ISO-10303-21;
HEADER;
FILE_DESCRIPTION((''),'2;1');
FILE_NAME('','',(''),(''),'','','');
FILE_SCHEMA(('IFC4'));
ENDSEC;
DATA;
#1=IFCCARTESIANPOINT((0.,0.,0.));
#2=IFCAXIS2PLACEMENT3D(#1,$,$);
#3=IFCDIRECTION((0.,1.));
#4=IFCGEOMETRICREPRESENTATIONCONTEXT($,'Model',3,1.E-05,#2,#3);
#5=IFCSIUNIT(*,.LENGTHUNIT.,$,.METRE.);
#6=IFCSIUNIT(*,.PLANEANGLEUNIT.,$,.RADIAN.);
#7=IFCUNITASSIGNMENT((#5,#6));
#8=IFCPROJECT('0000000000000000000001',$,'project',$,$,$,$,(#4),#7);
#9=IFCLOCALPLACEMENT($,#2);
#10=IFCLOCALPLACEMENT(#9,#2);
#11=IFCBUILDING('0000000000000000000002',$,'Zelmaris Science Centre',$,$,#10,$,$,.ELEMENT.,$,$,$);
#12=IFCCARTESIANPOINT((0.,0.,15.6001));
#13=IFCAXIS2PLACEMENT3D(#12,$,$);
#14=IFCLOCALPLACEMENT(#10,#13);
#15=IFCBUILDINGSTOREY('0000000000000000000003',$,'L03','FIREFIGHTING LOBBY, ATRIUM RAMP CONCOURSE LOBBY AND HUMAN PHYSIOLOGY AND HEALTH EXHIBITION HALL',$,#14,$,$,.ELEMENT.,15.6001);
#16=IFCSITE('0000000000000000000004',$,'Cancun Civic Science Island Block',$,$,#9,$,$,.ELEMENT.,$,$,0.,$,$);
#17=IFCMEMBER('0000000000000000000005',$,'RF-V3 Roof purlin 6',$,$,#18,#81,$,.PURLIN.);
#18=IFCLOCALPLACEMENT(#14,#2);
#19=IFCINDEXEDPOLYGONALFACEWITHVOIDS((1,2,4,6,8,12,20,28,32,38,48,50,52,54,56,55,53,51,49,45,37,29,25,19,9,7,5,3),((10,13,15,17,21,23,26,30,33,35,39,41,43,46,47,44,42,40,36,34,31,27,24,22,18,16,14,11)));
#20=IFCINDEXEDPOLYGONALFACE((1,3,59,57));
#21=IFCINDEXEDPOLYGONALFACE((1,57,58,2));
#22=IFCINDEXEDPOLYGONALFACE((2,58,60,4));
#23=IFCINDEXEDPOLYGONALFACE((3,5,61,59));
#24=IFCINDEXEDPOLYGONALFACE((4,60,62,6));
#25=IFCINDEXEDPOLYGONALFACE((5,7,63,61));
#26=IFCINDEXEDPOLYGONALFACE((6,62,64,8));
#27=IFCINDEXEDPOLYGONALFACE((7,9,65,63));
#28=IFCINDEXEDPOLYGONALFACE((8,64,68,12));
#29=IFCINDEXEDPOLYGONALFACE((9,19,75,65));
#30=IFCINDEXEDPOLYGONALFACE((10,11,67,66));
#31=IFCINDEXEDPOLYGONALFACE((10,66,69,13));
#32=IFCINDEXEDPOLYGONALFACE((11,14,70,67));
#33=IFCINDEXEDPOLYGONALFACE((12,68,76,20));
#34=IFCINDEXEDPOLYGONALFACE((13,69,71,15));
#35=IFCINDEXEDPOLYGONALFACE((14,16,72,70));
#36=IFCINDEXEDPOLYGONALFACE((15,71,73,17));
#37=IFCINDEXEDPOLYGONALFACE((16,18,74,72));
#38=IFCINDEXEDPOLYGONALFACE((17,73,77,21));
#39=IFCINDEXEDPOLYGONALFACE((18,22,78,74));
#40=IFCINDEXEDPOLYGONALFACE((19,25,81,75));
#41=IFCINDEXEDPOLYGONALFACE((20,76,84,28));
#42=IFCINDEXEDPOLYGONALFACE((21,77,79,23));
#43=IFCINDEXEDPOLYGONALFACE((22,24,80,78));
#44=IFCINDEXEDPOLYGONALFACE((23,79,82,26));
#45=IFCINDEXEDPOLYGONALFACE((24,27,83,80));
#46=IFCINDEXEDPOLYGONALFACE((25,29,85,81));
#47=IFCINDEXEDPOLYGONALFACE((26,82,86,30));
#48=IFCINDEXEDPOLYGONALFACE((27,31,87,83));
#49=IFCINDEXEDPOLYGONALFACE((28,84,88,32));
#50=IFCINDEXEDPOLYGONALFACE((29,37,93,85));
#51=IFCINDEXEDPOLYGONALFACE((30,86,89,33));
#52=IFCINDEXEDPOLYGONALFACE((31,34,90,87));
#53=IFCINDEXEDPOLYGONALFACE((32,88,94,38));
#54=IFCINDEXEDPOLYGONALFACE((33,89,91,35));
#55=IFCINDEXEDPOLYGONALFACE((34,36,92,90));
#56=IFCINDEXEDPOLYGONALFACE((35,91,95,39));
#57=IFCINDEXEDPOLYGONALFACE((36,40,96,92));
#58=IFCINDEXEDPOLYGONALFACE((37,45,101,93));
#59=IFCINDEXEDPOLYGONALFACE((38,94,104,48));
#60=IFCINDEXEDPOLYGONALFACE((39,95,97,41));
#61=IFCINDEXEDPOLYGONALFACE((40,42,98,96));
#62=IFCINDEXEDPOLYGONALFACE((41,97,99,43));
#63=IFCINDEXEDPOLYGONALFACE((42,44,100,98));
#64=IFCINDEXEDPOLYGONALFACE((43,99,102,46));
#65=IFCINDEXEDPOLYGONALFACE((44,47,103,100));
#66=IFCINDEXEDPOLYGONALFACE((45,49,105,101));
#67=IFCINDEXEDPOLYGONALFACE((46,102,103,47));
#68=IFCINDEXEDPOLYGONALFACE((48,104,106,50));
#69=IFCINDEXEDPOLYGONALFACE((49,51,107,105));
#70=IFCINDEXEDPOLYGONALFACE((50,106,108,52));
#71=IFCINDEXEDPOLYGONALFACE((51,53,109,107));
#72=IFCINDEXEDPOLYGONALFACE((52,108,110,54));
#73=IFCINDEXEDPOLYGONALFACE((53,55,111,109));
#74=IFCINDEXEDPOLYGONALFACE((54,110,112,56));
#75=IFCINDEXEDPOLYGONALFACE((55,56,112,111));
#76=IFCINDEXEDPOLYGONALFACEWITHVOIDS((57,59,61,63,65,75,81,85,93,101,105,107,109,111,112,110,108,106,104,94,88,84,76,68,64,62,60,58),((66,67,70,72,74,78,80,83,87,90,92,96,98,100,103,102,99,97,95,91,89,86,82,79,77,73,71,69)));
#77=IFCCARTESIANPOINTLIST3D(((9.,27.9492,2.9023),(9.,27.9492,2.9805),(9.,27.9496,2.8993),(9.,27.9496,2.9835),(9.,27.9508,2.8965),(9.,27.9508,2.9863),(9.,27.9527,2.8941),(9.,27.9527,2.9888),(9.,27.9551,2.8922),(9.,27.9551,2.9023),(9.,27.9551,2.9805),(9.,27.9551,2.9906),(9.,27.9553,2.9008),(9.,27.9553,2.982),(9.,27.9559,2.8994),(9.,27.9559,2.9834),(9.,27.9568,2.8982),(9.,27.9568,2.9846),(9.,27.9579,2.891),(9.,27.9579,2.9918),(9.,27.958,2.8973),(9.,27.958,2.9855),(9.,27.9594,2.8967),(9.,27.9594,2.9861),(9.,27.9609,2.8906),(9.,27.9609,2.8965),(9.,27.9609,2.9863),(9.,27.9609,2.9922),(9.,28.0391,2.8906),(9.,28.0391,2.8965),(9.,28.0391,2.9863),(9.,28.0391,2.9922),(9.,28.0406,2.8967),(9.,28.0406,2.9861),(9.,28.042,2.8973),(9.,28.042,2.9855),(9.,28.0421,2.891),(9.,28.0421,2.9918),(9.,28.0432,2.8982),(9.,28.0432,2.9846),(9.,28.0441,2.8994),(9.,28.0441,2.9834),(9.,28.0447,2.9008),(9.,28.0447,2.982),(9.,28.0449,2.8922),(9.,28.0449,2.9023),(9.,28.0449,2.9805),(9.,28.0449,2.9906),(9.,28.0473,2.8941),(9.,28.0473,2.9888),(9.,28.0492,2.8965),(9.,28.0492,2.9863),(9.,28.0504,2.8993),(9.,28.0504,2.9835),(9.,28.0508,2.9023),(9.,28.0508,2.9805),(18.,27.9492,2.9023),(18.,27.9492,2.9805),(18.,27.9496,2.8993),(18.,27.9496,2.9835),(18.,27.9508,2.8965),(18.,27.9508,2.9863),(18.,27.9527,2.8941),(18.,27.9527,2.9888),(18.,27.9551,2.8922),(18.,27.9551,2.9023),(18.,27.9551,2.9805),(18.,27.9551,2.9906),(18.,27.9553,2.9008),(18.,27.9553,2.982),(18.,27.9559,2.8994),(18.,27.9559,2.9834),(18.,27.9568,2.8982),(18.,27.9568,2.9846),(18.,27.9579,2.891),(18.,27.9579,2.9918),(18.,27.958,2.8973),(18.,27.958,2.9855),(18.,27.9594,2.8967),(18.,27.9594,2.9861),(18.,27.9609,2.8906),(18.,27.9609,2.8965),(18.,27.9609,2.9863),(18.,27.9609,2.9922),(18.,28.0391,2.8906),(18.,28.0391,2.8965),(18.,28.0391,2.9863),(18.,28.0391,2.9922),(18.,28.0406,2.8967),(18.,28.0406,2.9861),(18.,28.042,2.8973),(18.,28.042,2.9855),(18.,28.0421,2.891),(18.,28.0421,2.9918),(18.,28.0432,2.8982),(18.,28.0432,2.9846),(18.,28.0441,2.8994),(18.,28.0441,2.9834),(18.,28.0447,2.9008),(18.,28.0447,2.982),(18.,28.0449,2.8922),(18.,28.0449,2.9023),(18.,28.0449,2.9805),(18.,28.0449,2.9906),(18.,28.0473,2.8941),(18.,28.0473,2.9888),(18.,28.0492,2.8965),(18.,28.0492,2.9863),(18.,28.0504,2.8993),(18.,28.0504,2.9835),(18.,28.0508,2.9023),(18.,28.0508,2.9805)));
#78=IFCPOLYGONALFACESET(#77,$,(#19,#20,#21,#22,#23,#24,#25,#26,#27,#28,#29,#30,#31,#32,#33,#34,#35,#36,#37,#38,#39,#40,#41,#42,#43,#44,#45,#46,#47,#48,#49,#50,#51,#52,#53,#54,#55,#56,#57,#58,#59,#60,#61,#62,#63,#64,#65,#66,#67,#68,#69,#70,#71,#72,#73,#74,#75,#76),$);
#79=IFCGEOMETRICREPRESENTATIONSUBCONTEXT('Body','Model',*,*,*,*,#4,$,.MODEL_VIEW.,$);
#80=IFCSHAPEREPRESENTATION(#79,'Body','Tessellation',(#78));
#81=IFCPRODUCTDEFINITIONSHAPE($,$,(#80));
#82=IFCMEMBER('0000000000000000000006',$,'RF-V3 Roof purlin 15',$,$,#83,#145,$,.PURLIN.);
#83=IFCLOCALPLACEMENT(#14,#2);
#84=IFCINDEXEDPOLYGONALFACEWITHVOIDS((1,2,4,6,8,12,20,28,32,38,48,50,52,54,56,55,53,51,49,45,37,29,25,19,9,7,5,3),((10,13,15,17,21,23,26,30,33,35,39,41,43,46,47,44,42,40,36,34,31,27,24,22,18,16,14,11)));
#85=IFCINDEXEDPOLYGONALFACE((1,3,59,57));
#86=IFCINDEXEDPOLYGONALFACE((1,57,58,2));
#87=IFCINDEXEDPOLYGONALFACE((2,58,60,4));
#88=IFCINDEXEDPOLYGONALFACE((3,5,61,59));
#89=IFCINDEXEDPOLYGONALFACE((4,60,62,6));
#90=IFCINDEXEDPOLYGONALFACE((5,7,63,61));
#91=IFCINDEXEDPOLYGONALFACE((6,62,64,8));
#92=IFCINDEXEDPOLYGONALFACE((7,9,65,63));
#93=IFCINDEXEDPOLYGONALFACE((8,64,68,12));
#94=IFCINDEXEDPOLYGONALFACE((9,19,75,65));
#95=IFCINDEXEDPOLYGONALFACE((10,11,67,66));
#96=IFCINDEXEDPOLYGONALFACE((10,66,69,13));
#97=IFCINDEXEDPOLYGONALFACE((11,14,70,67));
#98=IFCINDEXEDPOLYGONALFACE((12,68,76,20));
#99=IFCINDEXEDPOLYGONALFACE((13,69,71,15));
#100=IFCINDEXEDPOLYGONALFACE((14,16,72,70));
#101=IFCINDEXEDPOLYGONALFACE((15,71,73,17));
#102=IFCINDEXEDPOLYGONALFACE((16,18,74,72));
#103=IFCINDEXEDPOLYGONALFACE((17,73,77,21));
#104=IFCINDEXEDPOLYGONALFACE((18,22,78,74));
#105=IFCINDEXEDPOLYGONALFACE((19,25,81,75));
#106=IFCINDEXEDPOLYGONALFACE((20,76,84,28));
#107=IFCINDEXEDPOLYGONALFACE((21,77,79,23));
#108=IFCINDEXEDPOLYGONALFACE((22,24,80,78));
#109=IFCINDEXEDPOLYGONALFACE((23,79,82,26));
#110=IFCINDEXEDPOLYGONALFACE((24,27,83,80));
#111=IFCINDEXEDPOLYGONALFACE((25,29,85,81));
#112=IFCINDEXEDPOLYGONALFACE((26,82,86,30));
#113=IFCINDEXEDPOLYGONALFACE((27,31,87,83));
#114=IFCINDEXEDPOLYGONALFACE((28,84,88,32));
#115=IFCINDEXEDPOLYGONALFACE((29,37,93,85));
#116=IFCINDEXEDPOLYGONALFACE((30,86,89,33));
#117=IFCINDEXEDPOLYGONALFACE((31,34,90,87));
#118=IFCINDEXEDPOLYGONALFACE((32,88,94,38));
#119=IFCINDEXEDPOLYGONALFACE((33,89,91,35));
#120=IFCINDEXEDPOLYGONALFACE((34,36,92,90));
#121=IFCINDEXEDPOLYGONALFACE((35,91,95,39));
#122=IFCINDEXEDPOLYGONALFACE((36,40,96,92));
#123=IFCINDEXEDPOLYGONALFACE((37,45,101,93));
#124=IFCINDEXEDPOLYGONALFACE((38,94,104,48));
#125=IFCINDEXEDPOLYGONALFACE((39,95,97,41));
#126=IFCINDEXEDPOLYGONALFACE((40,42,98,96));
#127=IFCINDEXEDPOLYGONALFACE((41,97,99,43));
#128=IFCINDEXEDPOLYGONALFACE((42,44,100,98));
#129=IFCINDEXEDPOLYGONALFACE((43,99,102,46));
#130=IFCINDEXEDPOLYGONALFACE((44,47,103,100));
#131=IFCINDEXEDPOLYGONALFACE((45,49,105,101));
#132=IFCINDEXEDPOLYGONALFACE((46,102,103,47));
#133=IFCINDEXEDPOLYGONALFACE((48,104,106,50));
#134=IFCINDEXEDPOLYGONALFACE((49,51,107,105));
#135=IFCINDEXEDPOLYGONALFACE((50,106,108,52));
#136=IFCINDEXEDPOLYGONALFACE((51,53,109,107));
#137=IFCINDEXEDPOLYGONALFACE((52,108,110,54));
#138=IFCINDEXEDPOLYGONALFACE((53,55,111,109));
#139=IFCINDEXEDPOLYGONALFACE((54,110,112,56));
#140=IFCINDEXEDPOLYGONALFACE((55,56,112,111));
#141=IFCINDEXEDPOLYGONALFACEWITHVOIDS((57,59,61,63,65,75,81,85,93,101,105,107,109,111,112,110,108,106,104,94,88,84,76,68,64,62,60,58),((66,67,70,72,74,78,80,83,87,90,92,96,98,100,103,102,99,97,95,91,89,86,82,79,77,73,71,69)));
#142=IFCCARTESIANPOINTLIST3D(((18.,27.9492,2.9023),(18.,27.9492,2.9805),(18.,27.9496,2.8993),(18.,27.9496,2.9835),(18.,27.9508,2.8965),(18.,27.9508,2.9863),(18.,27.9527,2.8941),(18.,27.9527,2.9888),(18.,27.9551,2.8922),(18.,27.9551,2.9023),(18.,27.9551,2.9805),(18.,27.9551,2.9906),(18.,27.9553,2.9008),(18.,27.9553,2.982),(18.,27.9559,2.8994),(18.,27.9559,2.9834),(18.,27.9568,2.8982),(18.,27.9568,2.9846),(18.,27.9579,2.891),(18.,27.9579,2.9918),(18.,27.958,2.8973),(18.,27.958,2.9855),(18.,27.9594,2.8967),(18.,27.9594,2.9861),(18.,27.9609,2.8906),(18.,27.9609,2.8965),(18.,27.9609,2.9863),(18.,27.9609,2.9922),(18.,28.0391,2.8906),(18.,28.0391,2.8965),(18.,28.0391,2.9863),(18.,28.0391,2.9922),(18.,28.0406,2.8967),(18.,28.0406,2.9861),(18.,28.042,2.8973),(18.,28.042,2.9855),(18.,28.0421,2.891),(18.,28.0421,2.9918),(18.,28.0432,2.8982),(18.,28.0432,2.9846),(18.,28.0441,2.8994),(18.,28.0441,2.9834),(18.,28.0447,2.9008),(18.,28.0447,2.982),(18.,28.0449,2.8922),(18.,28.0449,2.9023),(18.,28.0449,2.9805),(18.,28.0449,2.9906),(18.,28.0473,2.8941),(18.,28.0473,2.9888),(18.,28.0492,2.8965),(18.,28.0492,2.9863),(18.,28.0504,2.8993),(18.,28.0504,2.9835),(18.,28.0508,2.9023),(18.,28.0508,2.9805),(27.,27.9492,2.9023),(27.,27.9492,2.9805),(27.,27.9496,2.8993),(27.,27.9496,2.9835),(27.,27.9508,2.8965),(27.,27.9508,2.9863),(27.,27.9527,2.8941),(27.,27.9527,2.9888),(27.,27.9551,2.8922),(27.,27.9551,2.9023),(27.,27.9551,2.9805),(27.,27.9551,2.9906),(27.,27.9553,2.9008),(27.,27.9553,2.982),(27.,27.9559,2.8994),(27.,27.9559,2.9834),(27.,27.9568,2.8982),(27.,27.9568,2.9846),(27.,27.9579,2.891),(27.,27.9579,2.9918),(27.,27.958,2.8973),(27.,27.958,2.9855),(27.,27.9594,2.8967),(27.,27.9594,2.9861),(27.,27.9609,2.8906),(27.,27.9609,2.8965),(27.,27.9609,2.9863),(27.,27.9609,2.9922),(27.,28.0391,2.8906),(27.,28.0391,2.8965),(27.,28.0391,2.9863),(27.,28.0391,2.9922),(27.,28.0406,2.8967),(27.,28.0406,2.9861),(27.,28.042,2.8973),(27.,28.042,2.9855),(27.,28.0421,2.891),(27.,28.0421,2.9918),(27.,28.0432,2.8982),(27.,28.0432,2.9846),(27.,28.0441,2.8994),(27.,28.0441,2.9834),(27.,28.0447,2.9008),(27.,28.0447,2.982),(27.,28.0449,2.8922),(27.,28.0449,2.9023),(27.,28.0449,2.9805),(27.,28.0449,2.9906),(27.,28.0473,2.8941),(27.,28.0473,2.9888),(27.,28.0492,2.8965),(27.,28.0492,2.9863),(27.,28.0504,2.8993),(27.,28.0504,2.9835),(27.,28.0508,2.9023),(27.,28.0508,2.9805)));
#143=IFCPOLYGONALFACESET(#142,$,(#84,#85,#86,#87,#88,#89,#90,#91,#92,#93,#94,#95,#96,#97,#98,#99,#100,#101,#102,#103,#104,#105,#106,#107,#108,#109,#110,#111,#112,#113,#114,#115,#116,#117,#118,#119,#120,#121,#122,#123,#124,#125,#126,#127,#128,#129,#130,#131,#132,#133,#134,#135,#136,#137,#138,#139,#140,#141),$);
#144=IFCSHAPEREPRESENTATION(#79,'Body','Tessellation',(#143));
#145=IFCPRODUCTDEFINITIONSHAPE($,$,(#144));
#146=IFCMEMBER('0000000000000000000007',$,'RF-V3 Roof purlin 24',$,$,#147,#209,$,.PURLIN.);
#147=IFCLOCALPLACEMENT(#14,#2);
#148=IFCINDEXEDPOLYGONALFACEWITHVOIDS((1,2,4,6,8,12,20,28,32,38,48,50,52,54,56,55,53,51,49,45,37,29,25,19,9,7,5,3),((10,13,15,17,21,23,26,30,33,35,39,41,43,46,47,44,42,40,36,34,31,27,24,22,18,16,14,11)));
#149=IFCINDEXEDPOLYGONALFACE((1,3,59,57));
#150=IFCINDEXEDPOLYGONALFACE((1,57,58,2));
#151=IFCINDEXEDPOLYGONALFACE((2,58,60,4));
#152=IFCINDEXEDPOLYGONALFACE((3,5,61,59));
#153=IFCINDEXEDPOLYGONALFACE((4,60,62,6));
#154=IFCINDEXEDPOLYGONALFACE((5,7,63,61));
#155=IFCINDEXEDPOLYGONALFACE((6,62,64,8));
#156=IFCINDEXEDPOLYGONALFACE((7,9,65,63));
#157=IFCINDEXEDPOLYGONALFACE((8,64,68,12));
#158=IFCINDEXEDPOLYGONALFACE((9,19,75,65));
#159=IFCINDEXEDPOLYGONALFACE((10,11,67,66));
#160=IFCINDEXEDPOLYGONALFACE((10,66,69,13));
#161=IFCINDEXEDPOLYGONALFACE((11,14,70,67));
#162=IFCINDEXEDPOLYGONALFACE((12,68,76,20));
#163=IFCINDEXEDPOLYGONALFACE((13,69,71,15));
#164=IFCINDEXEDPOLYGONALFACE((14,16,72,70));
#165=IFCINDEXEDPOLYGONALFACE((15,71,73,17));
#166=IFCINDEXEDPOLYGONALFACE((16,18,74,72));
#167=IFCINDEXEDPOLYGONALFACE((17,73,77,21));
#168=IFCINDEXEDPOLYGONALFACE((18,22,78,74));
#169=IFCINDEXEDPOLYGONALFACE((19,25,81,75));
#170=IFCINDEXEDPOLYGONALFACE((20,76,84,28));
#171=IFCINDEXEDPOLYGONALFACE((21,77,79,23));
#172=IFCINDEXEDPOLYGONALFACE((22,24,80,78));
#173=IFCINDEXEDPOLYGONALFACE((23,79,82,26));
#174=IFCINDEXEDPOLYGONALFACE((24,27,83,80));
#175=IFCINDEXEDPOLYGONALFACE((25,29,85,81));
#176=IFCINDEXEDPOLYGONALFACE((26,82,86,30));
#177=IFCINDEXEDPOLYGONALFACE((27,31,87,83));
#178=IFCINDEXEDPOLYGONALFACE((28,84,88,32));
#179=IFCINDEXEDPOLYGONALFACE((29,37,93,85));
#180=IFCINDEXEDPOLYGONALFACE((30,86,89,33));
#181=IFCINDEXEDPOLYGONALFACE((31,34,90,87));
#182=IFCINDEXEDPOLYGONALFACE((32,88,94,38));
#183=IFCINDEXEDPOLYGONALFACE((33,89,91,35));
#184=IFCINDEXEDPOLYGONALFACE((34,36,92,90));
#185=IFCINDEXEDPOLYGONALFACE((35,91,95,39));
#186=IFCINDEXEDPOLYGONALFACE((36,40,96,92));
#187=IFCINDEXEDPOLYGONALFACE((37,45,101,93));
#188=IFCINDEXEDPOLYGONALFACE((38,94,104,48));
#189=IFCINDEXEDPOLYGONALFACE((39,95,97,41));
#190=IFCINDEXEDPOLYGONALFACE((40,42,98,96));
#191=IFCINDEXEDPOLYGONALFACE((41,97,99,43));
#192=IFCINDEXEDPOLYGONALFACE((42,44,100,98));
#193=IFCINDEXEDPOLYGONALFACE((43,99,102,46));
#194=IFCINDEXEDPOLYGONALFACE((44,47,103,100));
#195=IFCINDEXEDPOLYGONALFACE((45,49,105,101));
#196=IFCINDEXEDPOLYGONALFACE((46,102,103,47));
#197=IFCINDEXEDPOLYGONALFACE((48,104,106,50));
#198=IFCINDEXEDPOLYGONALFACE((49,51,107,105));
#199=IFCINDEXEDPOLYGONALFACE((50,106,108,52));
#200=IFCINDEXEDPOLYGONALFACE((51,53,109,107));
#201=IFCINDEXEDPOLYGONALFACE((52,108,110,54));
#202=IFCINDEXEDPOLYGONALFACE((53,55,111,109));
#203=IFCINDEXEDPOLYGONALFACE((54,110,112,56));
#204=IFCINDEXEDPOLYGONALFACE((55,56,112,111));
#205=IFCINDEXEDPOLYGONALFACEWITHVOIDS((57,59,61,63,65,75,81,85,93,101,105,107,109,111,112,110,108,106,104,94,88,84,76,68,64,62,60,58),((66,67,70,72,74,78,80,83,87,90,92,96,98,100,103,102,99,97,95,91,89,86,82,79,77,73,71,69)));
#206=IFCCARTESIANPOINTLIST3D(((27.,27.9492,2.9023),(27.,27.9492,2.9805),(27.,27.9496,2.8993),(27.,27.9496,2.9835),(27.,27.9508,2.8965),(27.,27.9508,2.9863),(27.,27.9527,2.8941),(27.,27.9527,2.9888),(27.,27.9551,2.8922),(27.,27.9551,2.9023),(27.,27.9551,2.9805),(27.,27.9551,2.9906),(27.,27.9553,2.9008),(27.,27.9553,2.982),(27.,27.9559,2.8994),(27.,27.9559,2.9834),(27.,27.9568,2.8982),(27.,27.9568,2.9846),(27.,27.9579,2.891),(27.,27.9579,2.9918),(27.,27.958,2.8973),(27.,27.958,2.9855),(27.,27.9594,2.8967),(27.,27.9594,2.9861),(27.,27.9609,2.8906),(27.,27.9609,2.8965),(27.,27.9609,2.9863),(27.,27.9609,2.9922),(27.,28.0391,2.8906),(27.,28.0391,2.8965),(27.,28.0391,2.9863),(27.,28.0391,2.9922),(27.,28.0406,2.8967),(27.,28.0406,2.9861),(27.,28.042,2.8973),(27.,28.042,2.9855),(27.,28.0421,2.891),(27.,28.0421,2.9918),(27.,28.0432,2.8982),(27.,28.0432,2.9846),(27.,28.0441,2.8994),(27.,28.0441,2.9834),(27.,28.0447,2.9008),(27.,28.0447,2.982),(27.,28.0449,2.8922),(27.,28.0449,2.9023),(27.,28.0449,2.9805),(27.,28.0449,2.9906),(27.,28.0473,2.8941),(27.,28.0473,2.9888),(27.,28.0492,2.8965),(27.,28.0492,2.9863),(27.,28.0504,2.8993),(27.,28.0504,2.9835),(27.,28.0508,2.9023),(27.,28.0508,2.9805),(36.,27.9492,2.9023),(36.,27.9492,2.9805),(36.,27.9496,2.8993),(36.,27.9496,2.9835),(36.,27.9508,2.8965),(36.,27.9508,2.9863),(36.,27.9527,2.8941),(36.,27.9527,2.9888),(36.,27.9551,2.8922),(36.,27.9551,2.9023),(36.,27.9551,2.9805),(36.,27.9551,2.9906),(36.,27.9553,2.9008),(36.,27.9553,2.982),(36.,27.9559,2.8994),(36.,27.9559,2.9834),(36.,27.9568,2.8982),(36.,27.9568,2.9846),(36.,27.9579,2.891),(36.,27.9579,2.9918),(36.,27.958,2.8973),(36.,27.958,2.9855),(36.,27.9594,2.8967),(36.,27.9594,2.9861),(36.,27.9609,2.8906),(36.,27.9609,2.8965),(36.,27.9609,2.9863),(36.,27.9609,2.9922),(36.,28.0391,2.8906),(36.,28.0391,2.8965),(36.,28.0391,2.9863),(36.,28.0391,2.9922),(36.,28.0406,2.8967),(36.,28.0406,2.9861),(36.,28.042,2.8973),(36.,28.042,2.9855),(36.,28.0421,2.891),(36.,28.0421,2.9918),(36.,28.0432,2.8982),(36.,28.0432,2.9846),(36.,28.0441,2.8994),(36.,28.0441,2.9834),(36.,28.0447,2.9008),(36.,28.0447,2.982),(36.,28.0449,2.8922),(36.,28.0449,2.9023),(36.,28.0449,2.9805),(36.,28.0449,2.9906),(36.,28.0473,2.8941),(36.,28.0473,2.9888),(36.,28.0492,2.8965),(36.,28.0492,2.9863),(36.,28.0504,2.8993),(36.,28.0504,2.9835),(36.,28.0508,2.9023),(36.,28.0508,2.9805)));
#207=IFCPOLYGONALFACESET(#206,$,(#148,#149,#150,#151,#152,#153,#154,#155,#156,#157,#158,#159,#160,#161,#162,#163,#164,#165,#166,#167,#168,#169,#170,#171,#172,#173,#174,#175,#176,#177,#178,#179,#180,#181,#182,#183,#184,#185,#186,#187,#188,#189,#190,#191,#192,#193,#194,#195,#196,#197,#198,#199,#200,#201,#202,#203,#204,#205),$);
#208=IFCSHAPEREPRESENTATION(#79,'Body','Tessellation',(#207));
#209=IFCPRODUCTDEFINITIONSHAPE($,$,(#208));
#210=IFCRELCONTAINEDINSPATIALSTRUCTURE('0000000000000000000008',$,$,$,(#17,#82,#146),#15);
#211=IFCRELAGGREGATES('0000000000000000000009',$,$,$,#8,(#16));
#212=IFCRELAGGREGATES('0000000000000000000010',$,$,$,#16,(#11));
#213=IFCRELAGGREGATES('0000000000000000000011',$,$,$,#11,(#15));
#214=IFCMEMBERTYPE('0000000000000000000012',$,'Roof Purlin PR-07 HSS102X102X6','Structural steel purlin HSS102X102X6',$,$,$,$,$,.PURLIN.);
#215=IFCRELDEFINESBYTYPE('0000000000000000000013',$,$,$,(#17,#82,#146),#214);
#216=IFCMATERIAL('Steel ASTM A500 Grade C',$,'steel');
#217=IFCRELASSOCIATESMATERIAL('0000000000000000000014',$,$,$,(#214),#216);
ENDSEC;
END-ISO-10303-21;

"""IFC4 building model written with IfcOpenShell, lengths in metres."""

from ifc_helpers import new_model, si_unit, direction, frame, origin, origin_2d, place, context, subcontext, project, spatial, hollow_rectangle, extrude, material, material_profile, profile_set, type_object, element, save


model = new_model("IFC4")

# Units and contexts
model_context = context("Model", 3, precision=1e-05, world=origin(), true_north=direction((0.0, 1.0)))
body_context = subcontext(model_context, "Body", "Model", "MODEL_VIEW")
ifc_project = project(units=[si_unit("LENGTHUNIT", "METRE"), si_unit("PLANEANGLEUNIT", "RADIAN")], contexts=[model_context])

# Site, building, storey
site_placement = place(None, origin())
site = spatial("IfcSite", under=ifc_project, at=site_placement, Name="Cancun Civic Science Island Block", CompositionType="ELEMENT", RefElevation=0.0)
building_placement = place(site_placement, origin())
building = spatial("IfcBuilding", under=site, at=building_placement, Name="Zelmaris Science Centre", CompositionType="ELEMENT")
storey_placement = place(building_placement, frame((0.0, 0.0, 15.6001)))
storey = spatial("IfcBuildingStorey", under=building, at=storey_placement, Name="L03", Description="FIREFIGHTING LOBBY, ATRIUM RAMP CONCOURSE LOBBY AND HUMAN PHYSIOLOGY AND HEALTH EXHIBITION HALL", CompositionType="ELEMENT", Elevation=15.6001)

# Shared definitions
ifc_material_1 = material(Name="Steel ASTM A500 Grade C", Category="steel")

# Members
ifc_material_profile_1 = material_profile(ifc_material_1, hollow_rectangle(XDim=0.1016, YDim=0.1016, WallThickness=0.0059, InnerFilletRadius=0.0059, OuterFilletRadius=0.0117, at=origin_2d()), Name="HSS102X102X6")
ifc_profile_set_1 = profile_set([ifc_material_profile_1], Name="Steel ASTM A500 Grade C")
member_type_1 = type_object("IfcMemberType", Name="Roof Purlin PR-07 HSS102X102X6", Description="Structural steel purlin HSS102X102X6", PredefinedType="PURLIN", material=ifc_profile_set_1)
for number, where, z_axis, x_axis, name in (
    (1, (9.0, 28.0, 2.9414), (1.0, 0.0, 0.0), (0.0, 1.0, 0.0), "RF-V3 Roof purlin 6"),
    (2, (18.0, 28.0, 2.9414), (1.0, 0.0, 0.0), (0.0, 1.0, 0.0), "RF-V3 Roof purlin 15"),
    (3, (27.0, 28.0, 2.9414), (1.0, 0.0, 0.0), (0.0, 1.0, 0.0), "RF-V3 Roof purlin 24"),
):
    element("IfcMember", number, at=place(storey_placement, frame(where, z_axis=z_axis, x_axis=x_axis)), inside=storey, type_object=member_type_1, Name=name, PredefinedType="PURLIN", context=body_context, shape_type="SweptSolid", body=[
        extrude(hollow_rectangle(XDim=0.1016, YDim=0.1016, WallThickness=0.0059, InnerFilletRadius=0.0059, OuterFilletRadius=0.0117, at=origin_2d()), origin(), (0.0, 0.0, 1.0), 9.0),
    ])

save(model, "model.ifc")
